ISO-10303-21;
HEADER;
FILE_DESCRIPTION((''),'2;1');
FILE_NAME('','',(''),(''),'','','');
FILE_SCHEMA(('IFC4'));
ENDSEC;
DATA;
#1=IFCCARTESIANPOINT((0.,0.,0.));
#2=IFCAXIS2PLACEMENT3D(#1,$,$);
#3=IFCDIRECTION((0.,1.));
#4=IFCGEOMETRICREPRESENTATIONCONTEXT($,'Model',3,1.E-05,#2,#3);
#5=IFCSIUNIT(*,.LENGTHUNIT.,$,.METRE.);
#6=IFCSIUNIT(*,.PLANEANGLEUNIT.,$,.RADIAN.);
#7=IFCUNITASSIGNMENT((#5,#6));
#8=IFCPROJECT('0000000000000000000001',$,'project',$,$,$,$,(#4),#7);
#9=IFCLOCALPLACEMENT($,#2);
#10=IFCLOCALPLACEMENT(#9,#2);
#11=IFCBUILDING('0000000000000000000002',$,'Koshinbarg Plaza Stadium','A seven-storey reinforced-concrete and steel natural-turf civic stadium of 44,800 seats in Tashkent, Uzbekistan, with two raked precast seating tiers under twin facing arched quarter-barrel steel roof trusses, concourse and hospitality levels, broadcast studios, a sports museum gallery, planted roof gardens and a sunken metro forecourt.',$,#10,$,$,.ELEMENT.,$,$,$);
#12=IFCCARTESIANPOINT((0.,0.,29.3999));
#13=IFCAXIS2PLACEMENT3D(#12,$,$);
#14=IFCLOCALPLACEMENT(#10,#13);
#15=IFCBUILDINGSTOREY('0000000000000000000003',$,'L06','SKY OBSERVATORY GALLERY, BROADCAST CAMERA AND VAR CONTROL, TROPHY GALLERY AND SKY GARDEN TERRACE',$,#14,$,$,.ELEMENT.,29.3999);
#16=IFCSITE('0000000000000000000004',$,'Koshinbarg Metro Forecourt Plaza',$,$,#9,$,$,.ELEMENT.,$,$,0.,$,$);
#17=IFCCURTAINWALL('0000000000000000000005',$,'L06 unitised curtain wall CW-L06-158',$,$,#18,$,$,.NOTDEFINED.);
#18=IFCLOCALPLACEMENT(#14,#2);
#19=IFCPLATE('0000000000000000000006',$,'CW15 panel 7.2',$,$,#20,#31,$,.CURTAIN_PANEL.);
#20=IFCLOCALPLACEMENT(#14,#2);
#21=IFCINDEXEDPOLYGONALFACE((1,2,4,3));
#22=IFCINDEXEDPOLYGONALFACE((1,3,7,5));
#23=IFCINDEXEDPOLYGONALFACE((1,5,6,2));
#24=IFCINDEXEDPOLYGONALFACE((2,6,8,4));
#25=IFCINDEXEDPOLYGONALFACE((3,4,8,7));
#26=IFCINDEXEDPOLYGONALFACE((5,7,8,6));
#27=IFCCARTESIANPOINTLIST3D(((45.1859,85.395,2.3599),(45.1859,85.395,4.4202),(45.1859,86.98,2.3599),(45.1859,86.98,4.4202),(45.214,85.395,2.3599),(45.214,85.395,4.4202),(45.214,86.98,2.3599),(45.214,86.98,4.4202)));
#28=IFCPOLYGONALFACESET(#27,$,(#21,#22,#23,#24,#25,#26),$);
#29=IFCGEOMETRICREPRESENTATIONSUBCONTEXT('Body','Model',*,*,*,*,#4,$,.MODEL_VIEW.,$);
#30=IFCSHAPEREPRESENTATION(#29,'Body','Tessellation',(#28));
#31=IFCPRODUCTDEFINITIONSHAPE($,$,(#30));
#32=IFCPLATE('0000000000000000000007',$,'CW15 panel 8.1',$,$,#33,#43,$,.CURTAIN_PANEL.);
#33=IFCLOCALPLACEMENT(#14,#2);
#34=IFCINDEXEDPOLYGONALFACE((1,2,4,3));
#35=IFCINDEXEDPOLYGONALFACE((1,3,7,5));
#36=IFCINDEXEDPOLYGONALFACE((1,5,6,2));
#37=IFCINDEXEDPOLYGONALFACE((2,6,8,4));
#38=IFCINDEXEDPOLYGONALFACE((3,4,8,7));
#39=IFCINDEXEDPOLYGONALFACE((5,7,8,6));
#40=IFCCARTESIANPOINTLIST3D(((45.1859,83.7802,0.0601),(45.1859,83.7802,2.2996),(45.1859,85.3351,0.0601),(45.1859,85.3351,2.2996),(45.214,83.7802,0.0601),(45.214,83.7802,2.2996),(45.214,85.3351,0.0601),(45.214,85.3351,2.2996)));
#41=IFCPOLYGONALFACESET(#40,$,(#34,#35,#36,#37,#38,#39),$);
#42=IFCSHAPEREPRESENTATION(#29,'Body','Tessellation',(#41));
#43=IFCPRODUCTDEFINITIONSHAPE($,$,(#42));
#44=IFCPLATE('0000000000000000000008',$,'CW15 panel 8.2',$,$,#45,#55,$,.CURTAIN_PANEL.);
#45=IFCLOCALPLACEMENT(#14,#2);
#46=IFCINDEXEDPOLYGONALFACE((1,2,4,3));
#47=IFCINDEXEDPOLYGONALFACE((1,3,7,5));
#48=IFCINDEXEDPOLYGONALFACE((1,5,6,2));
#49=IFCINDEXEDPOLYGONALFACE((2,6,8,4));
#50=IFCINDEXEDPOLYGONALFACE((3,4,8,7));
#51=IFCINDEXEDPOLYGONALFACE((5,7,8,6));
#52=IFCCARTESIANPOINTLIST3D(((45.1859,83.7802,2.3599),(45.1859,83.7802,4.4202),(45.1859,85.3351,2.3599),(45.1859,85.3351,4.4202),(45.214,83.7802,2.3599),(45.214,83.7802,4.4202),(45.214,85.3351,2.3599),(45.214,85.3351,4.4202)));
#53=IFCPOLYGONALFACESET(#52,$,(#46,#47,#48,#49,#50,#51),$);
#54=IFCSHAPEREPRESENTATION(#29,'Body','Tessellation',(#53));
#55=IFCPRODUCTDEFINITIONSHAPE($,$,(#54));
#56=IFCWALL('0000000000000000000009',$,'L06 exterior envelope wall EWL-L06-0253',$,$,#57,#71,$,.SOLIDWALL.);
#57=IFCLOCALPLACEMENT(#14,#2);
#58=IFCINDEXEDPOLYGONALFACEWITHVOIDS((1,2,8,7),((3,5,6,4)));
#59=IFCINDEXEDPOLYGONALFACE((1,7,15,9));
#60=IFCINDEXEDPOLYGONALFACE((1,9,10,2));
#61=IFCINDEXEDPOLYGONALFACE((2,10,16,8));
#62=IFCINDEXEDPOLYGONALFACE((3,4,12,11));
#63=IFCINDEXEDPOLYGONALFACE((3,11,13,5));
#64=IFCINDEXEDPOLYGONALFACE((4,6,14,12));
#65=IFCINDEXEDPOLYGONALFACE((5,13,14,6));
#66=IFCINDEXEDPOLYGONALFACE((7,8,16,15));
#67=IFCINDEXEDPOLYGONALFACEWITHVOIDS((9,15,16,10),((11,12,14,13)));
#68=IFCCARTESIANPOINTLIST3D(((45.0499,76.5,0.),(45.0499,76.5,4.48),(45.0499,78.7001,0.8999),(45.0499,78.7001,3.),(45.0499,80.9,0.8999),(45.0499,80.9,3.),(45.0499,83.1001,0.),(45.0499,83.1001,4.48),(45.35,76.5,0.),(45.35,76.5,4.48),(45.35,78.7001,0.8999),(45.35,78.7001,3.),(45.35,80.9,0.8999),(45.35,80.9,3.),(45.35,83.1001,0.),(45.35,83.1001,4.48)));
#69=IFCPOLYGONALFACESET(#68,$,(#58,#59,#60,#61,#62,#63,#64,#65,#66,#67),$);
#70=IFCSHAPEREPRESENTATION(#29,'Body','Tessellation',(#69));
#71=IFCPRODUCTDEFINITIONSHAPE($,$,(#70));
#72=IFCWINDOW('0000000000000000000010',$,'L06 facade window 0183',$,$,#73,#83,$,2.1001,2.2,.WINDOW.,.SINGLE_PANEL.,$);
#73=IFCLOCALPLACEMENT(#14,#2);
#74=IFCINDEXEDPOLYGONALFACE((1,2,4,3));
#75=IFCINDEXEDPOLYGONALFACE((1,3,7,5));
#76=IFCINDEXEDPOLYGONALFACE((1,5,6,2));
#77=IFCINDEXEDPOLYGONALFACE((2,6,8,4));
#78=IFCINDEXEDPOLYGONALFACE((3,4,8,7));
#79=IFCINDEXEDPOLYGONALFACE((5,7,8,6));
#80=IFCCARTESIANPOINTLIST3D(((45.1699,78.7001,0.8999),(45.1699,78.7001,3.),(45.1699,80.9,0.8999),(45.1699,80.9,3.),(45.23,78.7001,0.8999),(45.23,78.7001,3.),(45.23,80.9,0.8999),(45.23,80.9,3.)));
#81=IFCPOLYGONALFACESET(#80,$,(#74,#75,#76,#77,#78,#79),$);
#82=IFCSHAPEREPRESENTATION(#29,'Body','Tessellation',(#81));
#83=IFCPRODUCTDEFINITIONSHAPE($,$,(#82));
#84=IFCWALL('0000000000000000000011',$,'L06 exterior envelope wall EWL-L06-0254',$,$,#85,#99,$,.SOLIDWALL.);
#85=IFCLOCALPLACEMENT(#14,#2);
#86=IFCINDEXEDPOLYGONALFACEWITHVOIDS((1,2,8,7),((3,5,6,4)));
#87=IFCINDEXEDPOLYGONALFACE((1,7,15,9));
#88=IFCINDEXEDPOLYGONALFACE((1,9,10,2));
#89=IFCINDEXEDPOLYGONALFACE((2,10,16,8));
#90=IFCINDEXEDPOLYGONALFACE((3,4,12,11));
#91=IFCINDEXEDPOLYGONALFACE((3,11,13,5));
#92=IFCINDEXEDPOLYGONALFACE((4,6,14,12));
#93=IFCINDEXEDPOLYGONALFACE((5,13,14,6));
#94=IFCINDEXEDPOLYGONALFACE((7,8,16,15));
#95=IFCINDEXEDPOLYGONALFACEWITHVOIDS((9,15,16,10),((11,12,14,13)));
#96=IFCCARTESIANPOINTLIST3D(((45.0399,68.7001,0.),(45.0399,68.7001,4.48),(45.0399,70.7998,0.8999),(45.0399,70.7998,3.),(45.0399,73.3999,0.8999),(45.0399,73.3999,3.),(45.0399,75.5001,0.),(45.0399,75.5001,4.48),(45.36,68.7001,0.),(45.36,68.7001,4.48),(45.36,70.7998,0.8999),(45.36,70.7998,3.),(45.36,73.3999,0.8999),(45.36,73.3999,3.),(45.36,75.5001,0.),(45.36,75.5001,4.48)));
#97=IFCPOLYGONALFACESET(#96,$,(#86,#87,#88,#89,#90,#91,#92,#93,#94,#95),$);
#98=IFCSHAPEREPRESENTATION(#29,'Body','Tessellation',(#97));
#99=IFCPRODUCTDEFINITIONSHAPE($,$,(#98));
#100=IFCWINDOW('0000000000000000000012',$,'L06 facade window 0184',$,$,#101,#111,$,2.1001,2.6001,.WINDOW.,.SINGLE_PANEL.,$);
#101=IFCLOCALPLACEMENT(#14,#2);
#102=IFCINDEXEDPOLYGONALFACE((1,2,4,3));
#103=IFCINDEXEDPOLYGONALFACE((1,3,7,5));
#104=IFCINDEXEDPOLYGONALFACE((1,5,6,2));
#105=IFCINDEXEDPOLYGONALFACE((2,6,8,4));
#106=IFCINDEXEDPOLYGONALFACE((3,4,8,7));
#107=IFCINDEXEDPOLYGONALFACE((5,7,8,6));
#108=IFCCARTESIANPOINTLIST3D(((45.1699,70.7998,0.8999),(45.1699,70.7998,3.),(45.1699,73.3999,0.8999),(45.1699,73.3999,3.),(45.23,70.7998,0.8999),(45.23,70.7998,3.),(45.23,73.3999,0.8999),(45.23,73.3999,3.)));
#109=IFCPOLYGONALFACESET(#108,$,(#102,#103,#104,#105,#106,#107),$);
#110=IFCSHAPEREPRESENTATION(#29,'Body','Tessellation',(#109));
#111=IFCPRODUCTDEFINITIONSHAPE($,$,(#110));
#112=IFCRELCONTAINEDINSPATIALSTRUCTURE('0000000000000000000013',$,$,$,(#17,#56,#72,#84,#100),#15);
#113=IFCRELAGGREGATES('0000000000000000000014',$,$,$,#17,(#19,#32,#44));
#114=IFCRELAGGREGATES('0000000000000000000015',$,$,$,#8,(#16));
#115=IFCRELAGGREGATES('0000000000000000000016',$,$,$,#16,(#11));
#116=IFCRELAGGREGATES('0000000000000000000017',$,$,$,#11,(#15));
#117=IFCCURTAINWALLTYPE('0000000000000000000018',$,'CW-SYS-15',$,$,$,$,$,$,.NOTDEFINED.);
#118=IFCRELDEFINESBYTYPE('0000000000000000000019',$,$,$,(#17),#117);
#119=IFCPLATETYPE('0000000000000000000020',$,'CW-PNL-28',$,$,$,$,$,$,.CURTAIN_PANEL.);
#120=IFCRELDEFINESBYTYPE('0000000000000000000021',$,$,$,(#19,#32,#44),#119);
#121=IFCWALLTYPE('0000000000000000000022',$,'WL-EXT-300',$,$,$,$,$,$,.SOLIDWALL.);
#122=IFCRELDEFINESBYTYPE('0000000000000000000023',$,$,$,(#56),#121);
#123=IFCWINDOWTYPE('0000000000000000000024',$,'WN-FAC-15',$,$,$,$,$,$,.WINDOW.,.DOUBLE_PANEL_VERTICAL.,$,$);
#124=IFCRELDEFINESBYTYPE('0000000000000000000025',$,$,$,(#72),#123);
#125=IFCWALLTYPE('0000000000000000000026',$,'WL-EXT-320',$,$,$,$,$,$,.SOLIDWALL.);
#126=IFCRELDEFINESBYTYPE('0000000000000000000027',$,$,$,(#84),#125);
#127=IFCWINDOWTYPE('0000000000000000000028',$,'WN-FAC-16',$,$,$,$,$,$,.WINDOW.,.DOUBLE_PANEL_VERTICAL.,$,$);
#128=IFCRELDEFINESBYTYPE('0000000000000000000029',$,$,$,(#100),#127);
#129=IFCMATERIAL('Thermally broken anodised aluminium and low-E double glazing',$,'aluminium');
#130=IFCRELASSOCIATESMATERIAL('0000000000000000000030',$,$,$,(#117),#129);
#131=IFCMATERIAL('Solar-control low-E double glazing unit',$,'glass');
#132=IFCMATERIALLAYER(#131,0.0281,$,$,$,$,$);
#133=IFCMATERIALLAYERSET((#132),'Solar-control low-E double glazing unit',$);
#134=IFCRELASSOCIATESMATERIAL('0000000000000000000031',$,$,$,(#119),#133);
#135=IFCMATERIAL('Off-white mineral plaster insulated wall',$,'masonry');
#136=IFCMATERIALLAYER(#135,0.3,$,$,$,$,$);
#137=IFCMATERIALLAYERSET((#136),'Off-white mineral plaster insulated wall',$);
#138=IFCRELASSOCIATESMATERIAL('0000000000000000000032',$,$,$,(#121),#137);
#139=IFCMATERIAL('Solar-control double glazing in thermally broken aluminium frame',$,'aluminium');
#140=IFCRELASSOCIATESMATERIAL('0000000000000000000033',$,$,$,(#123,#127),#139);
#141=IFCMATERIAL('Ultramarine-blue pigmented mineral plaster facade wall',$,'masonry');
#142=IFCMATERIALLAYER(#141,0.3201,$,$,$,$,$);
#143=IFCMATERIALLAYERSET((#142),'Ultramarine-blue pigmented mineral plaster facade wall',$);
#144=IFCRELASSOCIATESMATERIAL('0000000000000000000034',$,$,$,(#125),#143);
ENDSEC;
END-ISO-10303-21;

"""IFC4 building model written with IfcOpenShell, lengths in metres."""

from ifc_helpers import new_model, si_unit, direction, frame, frame_2d, origin, origin_2d, place, context, subcontext, project, spatial, rectangle, extrude, material, layer, layer_set, type_object, element, fill, aggregate, save


model = new_model("IFC4")

# Units and contexts
model_context = context("Model", 3, precision=1e-05, world=origin(), true_north=direction((0.0, 1.0)))
body_context = subcontext(model_context, "Body", "Model", "MODEL_VIEW")
ifc_project = project(units=[si_unit("LENGTHUNIT", "METRE"), si_unit("PLANEANGLEUNIT", "RADIAN")], contexts=[model_context])

# Site, building, storey
site_placement = place(None, origin())
site = spatial("IfcSite", under=ifc_project, at=site_placement, Name="Koshinbarg Metro Forecourt Plaza", CompositionType="ELEMENT", RefElevation=0.0)
building_placement = place(site_placement, origin())
building = spatial("IfcBuilding", under=site, at=building_placement, Name="Koshinbarg Plaza Stadium", Description="A seven-storey reinforced-concrete and steel natural-turf civic stadium of 44,800 seats in Tashkent, Uzbekistan, with two raked precast seating tiers under twin facing arched quarter-barrel steel roof trusses, concourse and hospitality levels, broadcast studios, a sports museum gallery, planted roof gardens and a sunken metro forecourt.", CompositionType="ELEMENT")
storey_placement = place(building_placement, frame((0.0, 0.0, 29.3999)))
storey = spatial("IfcBuildingStorey", under=building, at=storey_placement, Name="L06", Description="SKY OBSERVATORY GALLERY, BROADCAST CAMERA AND VAR CONTROL, TROPHY GALLERY AND SKY GARDEN TERRACE", CompositionType="ELEMENT", Elevation=29.3999)

# Shared definitions
ifc_material_1 = material(Name="Thermally broken anodised aluminium and low-E double glazing", Category="aluminium")

# Curtain wall
curtain_wall_type_1 = type_object("IfcCurtainWallType", Name="CW-SYS-15", PredefinedType="NOTDEFINED", material=ifc_material_1)
curtain_wall_1_placement = place(storey_placement, origin())
curtain_wall_1 = element("IfcCurtainWall", 1, at=curtain_wall_1_placement, inside=storey, type_object=curtain_wall_type_1, Name="L06 unitised curtain wall CW-L06-158", PredefinedType="NOTDEFINED")

# Plates
ifc_material_2 = material(Name="Solar-control low-E double glazing unit", Category="glass")
ifc_layer_1 = layer(ifc_material_2, 0.0281)
ifc_layer_set_1 = layer_set([ifc_layer_1], Name="Solar-control low-E double glazing unit")
plate_type = type_object("IfcPlateType", Name="CW-PNL-28", PredefinedType="CURTAIN_PANEL", material=ifc_layer_set_1)
plate_1_placement = place(storey_placement, frame((45.2, 86.1875, 2.3599), z_axis=(0.0, 0.0, 1.0), x_axis=(0.0, -1.0, 0.0)))
plate_1 = element("IfcPlate", 2, at=plate_1_placement, type_object=plate_type, Name="CW15 panel 7.2", PredefinedType="CURTAIN_PANEL", context=body_context, shape_type="SweptSolid", body=[
    extrude(rectangle(XDim=1.585, YDim=0.0281, at=origin_2d()), origin(), (0.0, 0.0, 1.0), 2.0603),
])
plate_2_placement = place(storey_placement, frame((45.2, 84.5576, 0.0601), z_axis=(0.0, 0.0, 1.0), x_axis=(0.0, -1.0, 0.0)))
plate_2 = element("IfcPlate", 3, at=plate_2_placement, type_object=plate_type, Name="CW15 panel 8.1", PredefinedType="CURTAIN_PANEL", context=body_context, shape_type="SweptSolid", body=[
    extrude(rectangle(XDim=1.5549, YDim=0.0281, at=origin_2d()), origin(), (0.0, 0.0, 1.0), 2.2395),
])
plate_3_placement = place(storey_placement, frame((45.2, 84.5576, 2.3599), z_axis=(0.0, 0.0, 1.0), x_axis=(0.0, -1.0, 0.0)))
plate_3 = element("IfcPlate", 4, at=plate_3_placement, type_object=plate_type, Name="CW15 panel 8.2", PredefinedType="CURTAIN_PANEL", context=body_context, shape_type="SweptSolid", body=[
    extrude(rectangle(XDim=1.5549, YDim=0.0281, at=origin_2d()), origin(), (0.0, 0.0, 1.0), 2.0603),
])
aggregate(curtain_wall_1, [plate_1, plate_2, plate_3])

# Walls, openings, windows
ifc_material_3 = material(Name="Off-white mineral plaster insulated wall", Category="masonry")
ifc_layer_2 = layer(ifc_material_3, 0.3)
ifc_layer_set_2 = layer_set([ifc_layer_2], Name="Off-white mineral plaster insulated wall")
wall_type_1 = type_object("IfcWallType", Name="WL-EXT-300", PredefinedType="SOLIDWALL", material=ifc_layer_set_2)
wall_1_placement = place(storey_placement, frame((45.2, 83.1001, 0.0), z_axis=(0.0, 0.0, 1.0), x_axis=(0.0, -1.0, 0.0)))
wall_1 = element("IfcWall", 5, at=wall_1_placement, inside=storey, type_object=wall_type_1, Name="L06 exterior envelope wall EWL-L06-0253", PredefinedType="SOLIDWALL", context=body_context, shape_type="SweptSolid", body=[
    extrude(rectangle(XDim=6.6001, YDim=0.3, at=frame_2d((3.3, 0.0))), origin(), (0.0, 0.0, 1.0), 4.48),
])
opening_1_placement = place(wall_1_placement, frame((2.2, 0.0, 0.8999)))
opening_1 = element("IfcOpeningElement", 6, at=opening_1_placement, cuts=wall_1, PredefinedType="OPENING", context=body_context, shape_type="SweptSolid", body=[
    extrude(rectangle(XDim=2.2, YDim=2.1001, at=frame_2d((1.1001, 1.05))), frame((0.0, 0.1599, 0.0), z_axis=(0.0, -1.0, 0.0), x_axis=(1.0, 0.0, 0.0)), (0.0, 0.0, 1.0), 0.3201),
])
ifc_material_4 = material(Name="Solar-control double glazing in thermally broken aluminium frame", Category="aluminium")
window_type_1 = type_object("IfcWindowType", Name="WN-FAC-15", PartitioningType="DOUBLE_PANEL_VERTICAL", PredefinedType="WINDOW", material=ifc_material_4)
window_1_placement = place(opening_1_placement, origin())
window_1 = element("IfcWindow", 7, at=window_1_placement, inside=storey, type_object=window_type_1, Name="L06 facade window 0183", OverallHeight=2.1001, OverallWidth=2.2, PartitioningType="SINGLE_PANEL", PredefinedType="WINDOW", context=body_context, shape_type="SweptSolid", body=[
    extrude(rectangle(XDim=2.2, YDim=2.1001, at=frame_2d((1.1001, 1.05))), frame((0.0, 0.03, 0.0), z_axis=(0.0, -1.0, 0.0), x_axis=(1.0, 0.0, 0.0)), (0.0, 0.0, 1.0), 0.0601),
])
fill(opening_1, window_1)
ifc_material_5 = material(Name="Ultramarine-blue pigmented mineral plaster facade wall", Category="masonry")
ifc_layer_3 = layer(ifc_material_5, 0.3201)
ifc_layer_set_3 = layer_set([ifc_layer_3], Name="Ultramarine-blue pigmented mineral plaster facade wall")
wall_type_2 = type_object("IfcWallType", Name="WL-EXT-320", PredefinedType="SOLIDWALL", material=ifc_layer_set_3)
wall_2_placement = place(storey_placement, frame((45.2, 75.5, 0.0), z_axis=(0.0, 0.0, 1.0), x_axis=(0.0, -1.0, 0.0)))
wall_2 = element("IfcWall", 8, at=wall_2_placement, inside=storey, type_object=wall_type_2, Name="L06 exterior envelope wall EWL-L06-0254", PredefinedType="SOLIDWALL", context=body_context, shape_type="SweptSolid", body=[
    extrude(rectangle(XDim=6.8, YDim=0.3201, at=frame_2d((3.3999, 0.0))), origin(), (0.0, 0.0, 1.0), 4.48),
])
opening_2_placement = place(wall_2_placement, frame((2.1001, 0.0, 0.8999)))
opening_2 = element("IfcOpeningElement", 9, at=opening_2_placement, cuts=wall_2, PredefinedType="OPENING", context=body_context, shape_type="SweptSolid", body=[
    extrude(rectangle(XDim=2.6001, YDim=2.1001, at=frame_2d((1.3, 1.05))), frame((0.0, 0.1699, 0.0), z_axis=(0.0, -1.0, 0.0), x_axis=(1.0, 0.0, 0.0)), (0.0, 0.0, 1.0), 0.3401),
])
window_type_2 = type_object("IfcWindowType", Name="WN-FAC-16", PartitioningType="DOUBLE_PANEL_VERTICAL", PredefinedType="WINDOW", material=ifc_material_4)
window_2_placement = place(opening_2_placement, origin())
window_2 = element("IfcWindow", 10, at=window_2_placement, inside=storey, type_object=window_type_2, Name="L06 facade window 0184", OverallHeight=2.1001, OverallWidth=2.6001, PartitioningType="SINGLE_PANEL", PredefinedType="WINDOW", context=body_context, shape_type="SweptSolid", body=[
    extrude(rectangle(XDim=2.6001, YDim=2.1001, at=frame_2d((1.3, 1.05))), frame((0.0, 0.03, 0.0), z_axis=(0.0, -1.0, 0.0), x_axis=(1.0, 0.0, 0.0)), (0.0, 0.0, 1.0), 0.0601),
])
fill(opening_2, window_2)

save(model, "model.ifc")
